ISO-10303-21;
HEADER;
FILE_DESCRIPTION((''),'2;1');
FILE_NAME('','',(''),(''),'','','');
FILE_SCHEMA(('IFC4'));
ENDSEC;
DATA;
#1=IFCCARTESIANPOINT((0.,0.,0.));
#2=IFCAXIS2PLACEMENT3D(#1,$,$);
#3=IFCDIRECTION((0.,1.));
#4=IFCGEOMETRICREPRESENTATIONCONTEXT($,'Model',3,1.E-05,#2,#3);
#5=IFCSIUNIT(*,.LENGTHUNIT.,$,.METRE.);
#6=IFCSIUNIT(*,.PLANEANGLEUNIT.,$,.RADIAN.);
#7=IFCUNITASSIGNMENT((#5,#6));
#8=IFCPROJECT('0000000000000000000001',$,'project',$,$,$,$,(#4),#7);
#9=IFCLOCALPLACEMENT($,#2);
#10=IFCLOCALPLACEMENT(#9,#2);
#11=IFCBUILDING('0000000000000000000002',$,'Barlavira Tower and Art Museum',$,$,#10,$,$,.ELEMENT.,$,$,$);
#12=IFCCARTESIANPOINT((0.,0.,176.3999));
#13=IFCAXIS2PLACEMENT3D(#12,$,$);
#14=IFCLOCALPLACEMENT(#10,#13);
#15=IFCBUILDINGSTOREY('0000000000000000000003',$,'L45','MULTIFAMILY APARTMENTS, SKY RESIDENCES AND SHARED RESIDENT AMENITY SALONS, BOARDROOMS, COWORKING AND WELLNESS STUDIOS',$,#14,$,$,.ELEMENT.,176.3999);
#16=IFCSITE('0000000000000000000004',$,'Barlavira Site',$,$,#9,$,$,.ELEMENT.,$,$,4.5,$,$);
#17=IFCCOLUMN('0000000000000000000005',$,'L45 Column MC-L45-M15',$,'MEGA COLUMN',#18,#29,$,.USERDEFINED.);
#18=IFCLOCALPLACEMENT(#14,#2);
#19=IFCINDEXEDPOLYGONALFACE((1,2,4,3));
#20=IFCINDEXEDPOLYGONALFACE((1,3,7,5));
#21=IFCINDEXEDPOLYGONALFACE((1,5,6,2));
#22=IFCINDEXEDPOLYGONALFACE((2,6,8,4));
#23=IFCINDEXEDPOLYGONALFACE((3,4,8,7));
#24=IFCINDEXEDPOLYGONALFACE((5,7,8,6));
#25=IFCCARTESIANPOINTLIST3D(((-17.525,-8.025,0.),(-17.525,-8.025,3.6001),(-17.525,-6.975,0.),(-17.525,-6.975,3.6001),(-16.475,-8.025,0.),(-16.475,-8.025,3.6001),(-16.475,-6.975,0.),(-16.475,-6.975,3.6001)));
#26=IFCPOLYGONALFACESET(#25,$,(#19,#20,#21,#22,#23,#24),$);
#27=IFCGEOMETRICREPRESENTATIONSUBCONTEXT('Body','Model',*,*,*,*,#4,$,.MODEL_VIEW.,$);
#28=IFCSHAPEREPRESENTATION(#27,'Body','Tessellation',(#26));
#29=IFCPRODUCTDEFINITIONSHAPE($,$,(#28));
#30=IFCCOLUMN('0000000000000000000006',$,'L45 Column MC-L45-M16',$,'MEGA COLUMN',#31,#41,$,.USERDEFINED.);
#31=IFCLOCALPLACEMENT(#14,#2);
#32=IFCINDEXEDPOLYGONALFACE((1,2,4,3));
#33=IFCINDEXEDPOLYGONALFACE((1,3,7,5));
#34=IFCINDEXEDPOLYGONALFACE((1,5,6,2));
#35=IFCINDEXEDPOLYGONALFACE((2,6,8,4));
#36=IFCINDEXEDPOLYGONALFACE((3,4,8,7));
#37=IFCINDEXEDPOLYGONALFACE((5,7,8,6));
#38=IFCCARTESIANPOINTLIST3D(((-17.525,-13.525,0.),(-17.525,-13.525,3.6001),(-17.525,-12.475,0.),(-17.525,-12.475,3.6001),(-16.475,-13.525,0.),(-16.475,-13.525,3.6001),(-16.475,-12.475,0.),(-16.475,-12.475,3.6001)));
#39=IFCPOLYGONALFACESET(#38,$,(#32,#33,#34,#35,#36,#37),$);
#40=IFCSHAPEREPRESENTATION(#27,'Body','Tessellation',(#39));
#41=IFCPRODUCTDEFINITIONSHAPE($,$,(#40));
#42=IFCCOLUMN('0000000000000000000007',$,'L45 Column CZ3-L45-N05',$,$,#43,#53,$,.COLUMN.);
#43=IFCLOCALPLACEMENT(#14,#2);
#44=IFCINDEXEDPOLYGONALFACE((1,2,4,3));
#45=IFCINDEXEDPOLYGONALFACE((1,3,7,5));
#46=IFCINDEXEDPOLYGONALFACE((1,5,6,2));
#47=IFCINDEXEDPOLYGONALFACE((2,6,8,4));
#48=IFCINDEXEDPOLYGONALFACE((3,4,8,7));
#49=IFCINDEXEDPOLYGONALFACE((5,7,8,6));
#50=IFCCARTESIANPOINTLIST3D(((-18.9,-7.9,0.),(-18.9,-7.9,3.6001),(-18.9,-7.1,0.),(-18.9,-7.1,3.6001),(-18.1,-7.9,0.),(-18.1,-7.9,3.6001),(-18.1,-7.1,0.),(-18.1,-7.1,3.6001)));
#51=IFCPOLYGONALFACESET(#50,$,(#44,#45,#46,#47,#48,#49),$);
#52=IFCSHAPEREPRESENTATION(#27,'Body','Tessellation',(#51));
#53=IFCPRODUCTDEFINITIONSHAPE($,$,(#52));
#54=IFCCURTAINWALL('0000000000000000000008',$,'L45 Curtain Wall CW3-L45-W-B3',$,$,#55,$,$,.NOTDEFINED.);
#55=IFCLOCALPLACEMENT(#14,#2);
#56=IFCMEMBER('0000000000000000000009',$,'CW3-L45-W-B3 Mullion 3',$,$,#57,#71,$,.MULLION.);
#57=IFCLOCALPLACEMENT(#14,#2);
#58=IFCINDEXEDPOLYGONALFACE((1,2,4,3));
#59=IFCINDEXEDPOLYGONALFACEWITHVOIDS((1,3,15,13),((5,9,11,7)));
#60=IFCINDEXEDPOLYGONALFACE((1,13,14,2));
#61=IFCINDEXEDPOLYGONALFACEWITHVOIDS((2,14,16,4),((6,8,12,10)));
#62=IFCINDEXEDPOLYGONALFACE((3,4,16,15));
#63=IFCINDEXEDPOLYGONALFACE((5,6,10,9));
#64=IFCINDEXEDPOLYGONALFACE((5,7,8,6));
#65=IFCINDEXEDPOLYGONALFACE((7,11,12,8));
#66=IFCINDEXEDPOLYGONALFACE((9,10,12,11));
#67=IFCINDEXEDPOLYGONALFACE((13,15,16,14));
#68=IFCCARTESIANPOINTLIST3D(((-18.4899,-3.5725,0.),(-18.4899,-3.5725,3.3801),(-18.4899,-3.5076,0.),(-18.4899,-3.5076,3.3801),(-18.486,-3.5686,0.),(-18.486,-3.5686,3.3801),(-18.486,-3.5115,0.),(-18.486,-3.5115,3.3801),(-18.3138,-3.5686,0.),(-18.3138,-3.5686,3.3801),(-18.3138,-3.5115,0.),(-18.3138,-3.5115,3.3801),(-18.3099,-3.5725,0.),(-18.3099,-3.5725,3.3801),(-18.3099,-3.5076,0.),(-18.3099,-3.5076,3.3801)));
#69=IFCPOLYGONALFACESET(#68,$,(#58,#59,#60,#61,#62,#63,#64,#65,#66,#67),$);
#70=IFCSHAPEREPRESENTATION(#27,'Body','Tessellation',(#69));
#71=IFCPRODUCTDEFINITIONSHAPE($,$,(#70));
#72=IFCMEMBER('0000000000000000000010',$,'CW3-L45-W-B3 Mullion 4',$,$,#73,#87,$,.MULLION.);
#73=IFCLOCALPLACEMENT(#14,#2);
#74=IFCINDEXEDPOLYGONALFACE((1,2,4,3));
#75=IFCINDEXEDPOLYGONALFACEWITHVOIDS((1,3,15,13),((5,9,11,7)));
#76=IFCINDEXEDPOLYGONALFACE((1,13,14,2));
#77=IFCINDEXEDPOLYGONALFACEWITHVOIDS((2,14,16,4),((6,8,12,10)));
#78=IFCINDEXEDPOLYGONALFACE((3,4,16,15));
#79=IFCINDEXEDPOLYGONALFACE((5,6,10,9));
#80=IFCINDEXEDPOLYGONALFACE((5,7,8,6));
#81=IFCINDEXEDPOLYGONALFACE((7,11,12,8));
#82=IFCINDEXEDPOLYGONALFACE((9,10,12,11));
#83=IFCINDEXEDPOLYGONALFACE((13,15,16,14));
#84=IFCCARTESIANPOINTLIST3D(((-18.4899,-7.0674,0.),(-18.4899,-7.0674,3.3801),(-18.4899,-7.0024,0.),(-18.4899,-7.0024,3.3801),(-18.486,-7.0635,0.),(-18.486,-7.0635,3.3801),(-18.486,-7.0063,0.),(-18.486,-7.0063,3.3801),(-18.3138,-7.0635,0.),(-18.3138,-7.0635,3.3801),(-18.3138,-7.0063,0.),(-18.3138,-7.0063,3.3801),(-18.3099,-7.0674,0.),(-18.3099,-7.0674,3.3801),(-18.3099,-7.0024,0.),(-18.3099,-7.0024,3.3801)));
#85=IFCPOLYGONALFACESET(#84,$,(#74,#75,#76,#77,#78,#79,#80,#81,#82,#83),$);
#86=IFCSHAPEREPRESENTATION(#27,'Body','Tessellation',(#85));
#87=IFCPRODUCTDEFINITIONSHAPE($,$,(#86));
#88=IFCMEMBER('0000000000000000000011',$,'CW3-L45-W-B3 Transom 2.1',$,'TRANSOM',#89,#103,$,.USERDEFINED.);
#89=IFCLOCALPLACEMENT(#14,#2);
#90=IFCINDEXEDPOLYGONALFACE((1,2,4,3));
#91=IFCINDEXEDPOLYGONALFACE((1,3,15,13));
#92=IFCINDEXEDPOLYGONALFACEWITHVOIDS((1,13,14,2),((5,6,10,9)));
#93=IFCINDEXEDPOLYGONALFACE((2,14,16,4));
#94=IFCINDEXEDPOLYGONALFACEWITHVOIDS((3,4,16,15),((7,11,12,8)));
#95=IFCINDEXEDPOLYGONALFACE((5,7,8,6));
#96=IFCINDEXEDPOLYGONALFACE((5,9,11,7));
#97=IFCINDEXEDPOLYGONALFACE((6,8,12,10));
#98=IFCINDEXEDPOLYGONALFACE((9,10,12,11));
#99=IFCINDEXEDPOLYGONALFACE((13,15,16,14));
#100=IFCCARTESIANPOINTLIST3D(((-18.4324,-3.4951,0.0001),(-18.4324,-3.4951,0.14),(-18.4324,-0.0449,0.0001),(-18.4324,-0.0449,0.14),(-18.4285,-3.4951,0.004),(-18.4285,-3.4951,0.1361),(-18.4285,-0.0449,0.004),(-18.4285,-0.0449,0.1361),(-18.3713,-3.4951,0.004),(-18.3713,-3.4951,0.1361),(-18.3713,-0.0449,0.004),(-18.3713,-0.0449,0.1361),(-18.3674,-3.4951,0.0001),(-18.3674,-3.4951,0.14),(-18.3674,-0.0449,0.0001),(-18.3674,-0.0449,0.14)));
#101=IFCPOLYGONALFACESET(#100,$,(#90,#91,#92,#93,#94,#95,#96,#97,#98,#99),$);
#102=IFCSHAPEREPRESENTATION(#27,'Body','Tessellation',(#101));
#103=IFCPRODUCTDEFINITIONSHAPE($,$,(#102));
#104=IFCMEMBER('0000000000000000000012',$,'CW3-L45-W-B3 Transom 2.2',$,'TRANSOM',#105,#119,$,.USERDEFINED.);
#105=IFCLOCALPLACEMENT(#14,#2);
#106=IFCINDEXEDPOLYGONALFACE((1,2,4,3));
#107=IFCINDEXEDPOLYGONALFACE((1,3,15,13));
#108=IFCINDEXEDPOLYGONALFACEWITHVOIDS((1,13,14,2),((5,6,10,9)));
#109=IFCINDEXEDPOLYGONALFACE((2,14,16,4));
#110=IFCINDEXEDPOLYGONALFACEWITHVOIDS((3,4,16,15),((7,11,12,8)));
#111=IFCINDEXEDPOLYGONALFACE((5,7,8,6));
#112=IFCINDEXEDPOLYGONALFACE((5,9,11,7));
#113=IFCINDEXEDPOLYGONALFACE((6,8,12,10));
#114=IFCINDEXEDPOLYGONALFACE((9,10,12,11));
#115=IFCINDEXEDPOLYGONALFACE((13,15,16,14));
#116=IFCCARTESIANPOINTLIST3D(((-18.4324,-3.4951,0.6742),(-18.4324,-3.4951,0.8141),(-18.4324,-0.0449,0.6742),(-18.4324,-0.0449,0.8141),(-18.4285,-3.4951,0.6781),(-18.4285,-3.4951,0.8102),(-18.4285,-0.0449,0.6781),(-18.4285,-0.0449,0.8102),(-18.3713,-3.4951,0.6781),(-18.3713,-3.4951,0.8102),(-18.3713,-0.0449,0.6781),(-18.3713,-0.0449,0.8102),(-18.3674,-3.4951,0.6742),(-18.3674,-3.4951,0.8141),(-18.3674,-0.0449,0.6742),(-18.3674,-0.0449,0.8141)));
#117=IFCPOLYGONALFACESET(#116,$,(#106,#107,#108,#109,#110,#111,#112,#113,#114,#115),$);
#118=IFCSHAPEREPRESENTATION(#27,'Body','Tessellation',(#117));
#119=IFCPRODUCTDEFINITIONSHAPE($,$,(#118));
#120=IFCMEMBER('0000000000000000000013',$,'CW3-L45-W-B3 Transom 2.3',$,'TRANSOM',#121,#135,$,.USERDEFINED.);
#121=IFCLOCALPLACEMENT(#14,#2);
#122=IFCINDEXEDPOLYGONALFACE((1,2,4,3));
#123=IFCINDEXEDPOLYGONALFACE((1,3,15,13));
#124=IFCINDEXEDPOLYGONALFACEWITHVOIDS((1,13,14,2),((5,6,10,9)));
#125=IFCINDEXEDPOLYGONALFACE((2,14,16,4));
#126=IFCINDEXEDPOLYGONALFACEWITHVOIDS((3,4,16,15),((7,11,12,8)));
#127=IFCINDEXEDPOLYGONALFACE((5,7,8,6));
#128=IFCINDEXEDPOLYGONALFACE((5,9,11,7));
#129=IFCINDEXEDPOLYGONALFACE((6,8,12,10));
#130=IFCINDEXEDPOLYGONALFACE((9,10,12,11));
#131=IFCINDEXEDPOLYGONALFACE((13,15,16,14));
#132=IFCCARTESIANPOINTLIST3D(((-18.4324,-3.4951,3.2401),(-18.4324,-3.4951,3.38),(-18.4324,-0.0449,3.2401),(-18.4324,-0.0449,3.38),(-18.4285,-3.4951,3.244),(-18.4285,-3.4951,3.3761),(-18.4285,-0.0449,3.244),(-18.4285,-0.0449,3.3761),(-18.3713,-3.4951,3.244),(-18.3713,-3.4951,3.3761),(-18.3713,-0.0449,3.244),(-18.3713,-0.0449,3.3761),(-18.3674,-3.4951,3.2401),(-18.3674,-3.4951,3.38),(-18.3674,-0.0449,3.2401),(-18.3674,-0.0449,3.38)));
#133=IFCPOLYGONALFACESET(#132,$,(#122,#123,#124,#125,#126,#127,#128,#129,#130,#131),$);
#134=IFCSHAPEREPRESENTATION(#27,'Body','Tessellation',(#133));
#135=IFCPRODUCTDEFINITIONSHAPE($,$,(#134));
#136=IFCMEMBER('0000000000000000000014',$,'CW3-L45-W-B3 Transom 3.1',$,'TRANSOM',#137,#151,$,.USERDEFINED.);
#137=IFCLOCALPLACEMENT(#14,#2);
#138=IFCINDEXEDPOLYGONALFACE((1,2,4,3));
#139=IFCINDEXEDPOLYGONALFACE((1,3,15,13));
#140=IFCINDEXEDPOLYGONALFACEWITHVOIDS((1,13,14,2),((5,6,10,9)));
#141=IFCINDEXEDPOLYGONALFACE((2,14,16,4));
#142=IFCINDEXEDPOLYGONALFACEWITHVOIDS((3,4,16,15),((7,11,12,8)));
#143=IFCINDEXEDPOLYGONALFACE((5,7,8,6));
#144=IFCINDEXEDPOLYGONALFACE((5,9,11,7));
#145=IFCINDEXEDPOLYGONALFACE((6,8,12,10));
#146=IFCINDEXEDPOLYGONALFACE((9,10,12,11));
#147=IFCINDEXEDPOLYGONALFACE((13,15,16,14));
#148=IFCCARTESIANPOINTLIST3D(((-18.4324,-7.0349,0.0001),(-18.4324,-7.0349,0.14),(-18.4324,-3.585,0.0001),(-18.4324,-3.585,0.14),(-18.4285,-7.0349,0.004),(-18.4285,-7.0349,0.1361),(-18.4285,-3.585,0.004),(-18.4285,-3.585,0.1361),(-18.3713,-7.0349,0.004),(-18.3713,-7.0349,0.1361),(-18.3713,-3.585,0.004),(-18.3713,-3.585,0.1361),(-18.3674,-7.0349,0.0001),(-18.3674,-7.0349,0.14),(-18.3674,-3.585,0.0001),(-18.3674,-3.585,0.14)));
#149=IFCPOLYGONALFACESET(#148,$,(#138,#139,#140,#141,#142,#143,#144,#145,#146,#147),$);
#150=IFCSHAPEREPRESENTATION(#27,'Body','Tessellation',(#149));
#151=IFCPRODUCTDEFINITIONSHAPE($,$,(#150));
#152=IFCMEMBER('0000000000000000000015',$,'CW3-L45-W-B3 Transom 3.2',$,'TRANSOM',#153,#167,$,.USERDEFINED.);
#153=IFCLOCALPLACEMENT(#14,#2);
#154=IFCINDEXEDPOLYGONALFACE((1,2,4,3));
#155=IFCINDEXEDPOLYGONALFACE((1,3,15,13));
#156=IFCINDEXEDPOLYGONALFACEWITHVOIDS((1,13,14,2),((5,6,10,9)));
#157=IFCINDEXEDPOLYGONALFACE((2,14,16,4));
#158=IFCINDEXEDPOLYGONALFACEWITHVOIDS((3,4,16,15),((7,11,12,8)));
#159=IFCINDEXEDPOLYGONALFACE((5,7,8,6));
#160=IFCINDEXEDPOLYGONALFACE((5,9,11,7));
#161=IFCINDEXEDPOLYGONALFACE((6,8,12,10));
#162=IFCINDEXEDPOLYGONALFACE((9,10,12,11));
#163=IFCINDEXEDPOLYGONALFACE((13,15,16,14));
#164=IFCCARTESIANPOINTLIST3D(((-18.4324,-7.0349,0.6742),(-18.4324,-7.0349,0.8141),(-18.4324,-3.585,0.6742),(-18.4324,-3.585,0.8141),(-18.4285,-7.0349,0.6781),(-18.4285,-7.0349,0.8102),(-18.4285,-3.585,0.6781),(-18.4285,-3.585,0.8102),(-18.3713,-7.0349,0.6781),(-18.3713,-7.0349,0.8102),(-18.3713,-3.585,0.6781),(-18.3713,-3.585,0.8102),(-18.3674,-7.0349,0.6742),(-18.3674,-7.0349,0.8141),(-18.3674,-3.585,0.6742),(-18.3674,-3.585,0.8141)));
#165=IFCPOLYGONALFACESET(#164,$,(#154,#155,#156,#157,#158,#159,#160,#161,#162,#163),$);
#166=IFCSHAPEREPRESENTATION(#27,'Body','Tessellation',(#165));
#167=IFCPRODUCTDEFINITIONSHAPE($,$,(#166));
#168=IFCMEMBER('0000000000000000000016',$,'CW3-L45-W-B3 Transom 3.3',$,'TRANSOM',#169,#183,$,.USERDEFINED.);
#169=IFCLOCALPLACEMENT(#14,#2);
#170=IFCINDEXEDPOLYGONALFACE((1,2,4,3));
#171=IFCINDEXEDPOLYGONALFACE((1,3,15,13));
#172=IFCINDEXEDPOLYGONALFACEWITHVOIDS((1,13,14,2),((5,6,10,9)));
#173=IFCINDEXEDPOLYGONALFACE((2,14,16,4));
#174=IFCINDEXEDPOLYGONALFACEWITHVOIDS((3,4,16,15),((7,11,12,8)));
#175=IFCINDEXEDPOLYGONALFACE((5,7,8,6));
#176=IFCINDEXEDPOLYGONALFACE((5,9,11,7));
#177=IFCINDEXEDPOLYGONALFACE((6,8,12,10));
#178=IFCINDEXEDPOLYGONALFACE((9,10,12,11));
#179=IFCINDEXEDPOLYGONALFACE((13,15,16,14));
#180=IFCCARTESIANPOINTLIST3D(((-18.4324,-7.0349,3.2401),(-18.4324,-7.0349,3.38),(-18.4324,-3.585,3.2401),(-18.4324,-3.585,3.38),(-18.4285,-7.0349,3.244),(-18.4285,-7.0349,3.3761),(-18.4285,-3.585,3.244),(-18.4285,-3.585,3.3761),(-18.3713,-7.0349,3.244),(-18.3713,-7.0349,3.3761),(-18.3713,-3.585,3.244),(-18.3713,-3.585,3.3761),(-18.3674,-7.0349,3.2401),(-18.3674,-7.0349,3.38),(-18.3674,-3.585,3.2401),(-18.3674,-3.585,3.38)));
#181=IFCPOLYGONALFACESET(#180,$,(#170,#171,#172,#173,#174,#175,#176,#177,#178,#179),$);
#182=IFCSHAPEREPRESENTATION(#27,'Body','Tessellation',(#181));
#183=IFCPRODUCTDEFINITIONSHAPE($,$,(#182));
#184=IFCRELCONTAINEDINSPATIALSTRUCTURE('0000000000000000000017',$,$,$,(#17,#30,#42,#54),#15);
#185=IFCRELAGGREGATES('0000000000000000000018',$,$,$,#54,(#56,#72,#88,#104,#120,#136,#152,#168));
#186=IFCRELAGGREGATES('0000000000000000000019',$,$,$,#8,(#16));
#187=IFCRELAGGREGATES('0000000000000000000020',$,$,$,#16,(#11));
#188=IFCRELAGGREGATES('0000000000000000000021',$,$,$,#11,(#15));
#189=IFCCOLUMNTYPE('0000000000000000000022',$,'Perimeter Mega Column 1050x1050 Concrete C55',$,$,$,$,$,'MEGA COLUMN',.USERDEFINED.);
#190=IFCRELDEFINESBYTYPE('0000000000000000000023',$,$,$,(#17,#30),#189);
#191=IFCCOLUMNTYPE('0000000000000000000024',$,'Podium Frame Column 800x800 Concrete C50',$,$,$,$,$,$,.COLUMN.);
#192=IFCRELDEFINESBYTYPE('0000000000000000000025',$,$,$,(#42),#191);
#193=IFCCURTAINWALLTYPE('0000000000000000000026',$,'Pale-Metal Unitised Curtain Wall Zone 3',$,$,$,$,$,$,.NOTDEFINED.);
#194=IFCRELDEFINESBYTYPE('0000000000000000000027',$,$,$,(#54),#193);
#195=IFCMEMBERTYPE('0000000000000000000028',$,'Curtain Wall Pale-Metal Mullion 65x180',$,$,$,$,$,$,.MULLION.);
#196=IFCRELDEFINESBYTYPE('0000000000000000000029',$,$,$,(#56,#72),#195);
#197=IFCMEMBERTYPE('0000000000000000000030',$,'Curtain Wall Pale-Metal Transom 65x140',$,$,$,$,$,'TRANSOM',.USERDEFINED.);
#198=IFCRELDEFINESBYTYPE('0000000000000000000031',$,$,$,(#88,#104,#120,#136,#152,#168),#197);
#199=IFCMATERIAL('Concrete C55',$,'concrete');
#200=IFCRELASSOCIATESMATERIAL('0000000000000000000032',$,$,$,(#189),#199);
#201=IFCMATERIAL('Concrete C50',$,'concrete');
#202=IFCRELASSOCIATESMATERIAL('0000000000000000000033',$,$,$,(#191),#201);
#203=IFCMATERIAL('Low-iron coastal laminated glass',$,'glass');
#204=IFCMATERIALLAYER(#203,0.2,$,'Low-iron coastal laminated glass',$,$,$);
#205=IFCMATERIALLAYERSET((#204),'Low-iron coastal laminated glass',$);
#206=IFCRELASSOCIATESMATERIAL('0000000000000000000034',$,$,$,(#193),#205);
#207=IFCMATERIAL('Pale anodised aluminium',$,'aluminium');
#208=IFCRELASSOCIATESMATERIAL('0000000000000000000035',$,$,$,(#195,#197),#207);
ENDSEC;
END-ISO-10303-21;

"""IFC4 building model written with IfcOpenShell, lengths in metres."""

from ifc_helpers import new_model, si_unit, direction, frame, origin, origin_2d, place, context, subcontext, project, spatial, rectangle, hollow_rectangle, extrude, material, layer, layer_set, material_profile, profile_set, type_object, element, aggregate, save


model = new_model("IFC4")

# Units and contexts
model_context = context("Model", 3, precision=1e-05, world=origin(), true_north=direction((0.0, 1.0)))
body_context = subcontext(model_context, "Body", "Model", "MODEL_VIEW")
ifc_project = project(units=[si_unit("LENGTHUNIT", "METRE"), si_unit("PLANEANGLEUNIT", "RADIAN")], contexts=[model_context])

# Site, building, storey
site_placement = place(None, origin())
site = spatial("IfcSite", under=ifc_project, at=site_placement, Name="Barlavira Site", CompositionType="ELEMENT", RefElevation=4.5)
building_placement = place(site_placement, origin())
building = spatial("IfcBuilding", under=site, at=building_placement, Name="Barlavira Tower and Art Museum", CompositionType="ELEMENT")
storey_placement = place(building_placement, frame((0.0, 0.0, 176.3999)))
storey = spatial("IfcBuildingStorey", under=building, at=storey_placement, Name="L45", Description="MULTIFAMILY APARTMENTS, SKY RESIDENCES AND SHARED RESIDENT AMENITY SALONS, BOARDROOMS, COWORKING AND WELLNESS STUDIOS", CompositionType="ELEMENT", Elevation=176.3999)

# Columns
ifc_material_1 = material(Name="Concrete C55", Category="concrete")
ifc_material_profile_1 = material_profile(ifc_material_1, rectangle(XDim=1.05, YDim=1.05, at=origin_2d()), Name="RC-COL 1050x1050")
ifc_profile_set_1 = profile_set([ifc_material_profile_1], Name="Concrete C55")
column_type_1 = type_object("IfcColumnType", Name="Perimeter Mega Column 1050x1050 Concrete C55", ElementType="MEGA COLUMN", PredefinedType="USERDEFINED", material=ifc_profile_set_1)
for number, where, z_axis, x_axis, name in (
    (1, (-17.0, -7.5, 0.0), (0.0, 0.0, 1.0), (1.0, 0.0, 0.0), "L45 Column MC-L45-M15"),
    (2, (-17.0, -13.0, 0.0), (0.0, 0.0, 1.0), (1.0, 0.0, 0.0), "L45 Column MC-L45-M16"),
):
    element("IfcColumn", number, at=place(storey_placement, frame(where, z_axis=z_axis, x_axis=x_axis)), inside=storey, type_object=column_type_1, Name=name, ObjectType="MEGA COLUMN", PredefinedType="USERDEFINED", context=body_context, shape_type="SweptSolid", body=[
        extrude(rectangle(XDim=1.05, YDim=1.05, at=origin_2d()), origin(), (0.0, 0.0, 1.0), 3.6001),
    ])
ifc_material_2 = material(Name="Concrete C50", Category="concrete")
ifc_material_profile_2 = material_profile(ifc_material_2, rectangle(XDim=0.8, YDim=0.8, at=origin_2d()), Name="RC-COL 800x800")
ifc_profile_set_2 = profile_set([ifc_material_profile_2], Name="Concrete C50")
column_type_2 = type_object("IfcColumnType", Name="Podium Frame Column 800x800 Concrete C50", PredefinedType="COLUMN", material=ifc_profile_set_2)
column_placement = place(storey_placement, frame((-18.5, -7.5, 0.0), z_axis=(0.0, 0.0, 1.0), x_axis=(1.0, 0.0, 0.0)))
element("IfcColumn", 3, at=column_placement, inside=storey, type_object=column_type_2, Name="L45 Column CZ3-L45-N05", PredefinedType="COLUMN", context=body_context, shape_type="SweptSolid", body=[
    extrude(rectangle(XDim=0.8, YDim=0.8, at=origin_2d()), origin(), (0.0, 0.0, 1.0), 3.6001),
])

# Curtain wall, members
ifc_material_3 = material(Name="Low-iron coastal laminated glass", Category="glass")
ifc_layer_1 = layer(ifc_material_3, 0.2, Name="Low-iron coastal laminated glass")
ifc_layer_set_1 = layer_set([ifc_layer_1], Name="Low-iron coastal laminated glass")
curtain_wall_type = type_object("IfcCurtainWallType", Name="Pale-Metal Unitised Curtain Wall Zone 3", PredefinedType="NOTDEFINED", material=ifc_layer_set_1)
curtain_wall_placement = place(storey_placement, origin())
curtain_wall = element("IfcCurtainWall", 4, at=curtain_wall_placement, inside=storey, type_object=curtain_wall_type, Name="L45 Curtain Wall CW3-L45-W-B3", PredefinedType="NOTDEFINED")
ifc_material_4 = material(Name="Pale anodised aluminium", Category="aluminium")
ifc_material_profile_3 = material_profile(ifc_material_4, hollow_rectangle(XDim=0.0649, YDim=0.1799, WallThickness=0.0039, at=origin_2d()), Name="ALU-MULL 65x180x4")
ifc_profile_set_3 = profile_set([ifc_material_profile_3], Name="Pale anodised aluminium")
member_type_1 = type_object("IfcMemberType", Name="Curtain Wall Pale-Metal Mullion 65x180", PredefinedType="MULLION", material=ifc_profile_set_3)
member_1_placement = place(storey_placement, frame((-18.3999, -3.54, 0.0), z_axis=(0.0, 0.0, 1.0), x_axis=(0.0, -1.0, 0.0)))
member_1 = element("IfcMember", 5, at=member_1_placement, type_object=member_type_1, Name="CW3-L45-W-B3 Mullion 3", PredefinedType="MULLION", context=body_context, shape_type="SweptSolid", body=[
    extrude(hollow_rectangle(XDim=0.0649, YDim=0.1799, WallThickness=0.0039, at=origin_2d()), origin(), (0.0, 0.0, 1.0), 3.3801),
])
member_2_placement = place(storey_placement, frame((-18.3999, -7.0349, 0.0), z_axis=(0.0, 0.0, 1.0), x_axis=(0.0, -1.0, 0.0)))
member_2 = element("IfcMember", 6, at=member_2_placement, type_object=member_type_1, Name="CW3-L45-W-B3 Mullion 4", PredefinedType="MULLION", context=body_context, shape_type="SweptSolid", body=[
    extrude(hollow_rectangle(XDim=0.0649, YDim=0.1799, WallThickness=0.0039, at=origin_2d()), origin(), (0.0, 0.0, 1.0), 3.3801),
])
ifc_material_profile_4 = material_profile(ifc_material_4, hollow_rectangle(XDim=0.0649, YDim=0.1399, WallThickness=0.0039, at=origin_2d()), Name="ALU-TRAN 65x140x4")
ifc_profile_set_4 = profile_set([ifc_material_profile_4], Name="Pale anodised aluminium")
member_type_2 = type_object("IfcMemberType", Name="Curtain Wall Pale-Metal Transom 65x140", ElementType="TRANSOM", PredefinedType="USERDEFINED", material=ifc_profile_set_4)
member_3_placement = place(storey_placement, frame((-18.3999, -0.0449, 0.0701), z_axis=(0.0, -1.0, 0.0), x_axis=(1.0, 0.0, 0.0)))
member_3 = element("IfcMember", 7, at=member_3_placement, type_object=member_type_2, Name="CW3-L45-W-B3 Transom 2.1", ObjectType="TRANSOM", PredefinedType="USERDEFINED", context=body_context, shape_type="SweptSolid", body=[
    extrude(hollow_rectangle(XDim=0.0649, YDim=0.1399, WallThickness=0.0039, at=origin_2d()), origin(), (0.0, 0.0, 1.0), 3.4502),
])
member_4_placement = place(storey_placement, frame((-18.3999, -0.0449, 0.7441), z_axis=(0.0, -1.0, 0.0), x_axis=(1.0, 0.0, 0.0)))
member_4 = element("IfcMember", 8, at=member_4_placement, type_object=member_type_2, Name="CW3-L45-W-B3 Transom 2.2", ObjectType="TRANSOM", PredefinedType="USERDEFINED", context=body_context, shape_type="SweptSolid", body=[
    extrude(hollow_rectangle(XDim=0.0649, YDim=0.1399, WallThickness=0.0039, at=origin_2d()), origin(), (0.0, 0.0, 1.0), 3.4502),
])
member_5_placement = place(storey_placement, frame((-18.3999, -0.0449, 3.3101), z_axis=(0.0, -1.0, 0.0), x_axis=(1.0, 0.0, 0.0)))
member_5 = element("IfcMember", 9, at=member_5_placement, type_object=member_type_2, Name="CW3-L45-W-B3 Transom 2.3", ObjectType="TRANSOM", PredefinedType="USERDEFINED", context=body_context, shape_type="SweptSolid", body=[
    extrude(hollow_rectangle(XDim=0.0649, YDim=0.1399, WallThickness=0.0039, at=origin_2d()), origin(), (0.0, 0.0, 1.0), 3.4502),
])
member_6_placement = place(storey_placement, frame((-18.3999, -3.585, 0.0701), z_axis=(0.0, -1.0, 0.0), x_axis=(1.0, 0.0, 0.0)))
member_6 = element("IfcMember", 10, at=member_6_placement, type_object=member_type_2, Name="CW3-L45-W-B3 Transom 3.1", ObjectType="TRANSOM", PredefinedType="USERDEFINED", context=body_context, shape_type="SweptSolid", body=[
    extrude(hollow_rectangle(XDim=0.0649, YDim=0.1399, WallThickness=0.0039, at=origin_2d()), origin(), (0.0, 0.0, 1.0), 3.45),
])
member_7_placement = place(storey_placement, frame((-18.3999, -3.585, 0.7441), z_axis=(0.0, -1.0, 0.0), x_axis=(1.0, 0.0, 0.0)))
member_7 = element("IfcMember", 11, at=member_7_placement, type_object=member_type_2, Name="CW3-L45-W-B3 Transom 3.2", ObjectType="TRANSOM", PredefinedType="USERDEFINED", context=body_context, shape_type="SweptSolid", body=[
    extrude(hollow_rectangle(XDim=0.0649, YDim=0.1399, WallThickness=0.0039, at=origin_2d()), origin(), (0.0, 0.0, 1.0), 3.45),
])
member_8_placement = place(storey_placement, frame((-18.3999, -3.585, 3.3101), z_axis=(0.0, -1.0, 0.0), x_axis=(1.0, 0.0, 0.0)))
member_8 = element("IfcMember", 12, at=member_8_placement, type_object=member_type_2, Name="CW3-L45-W-B3 Transom 3.3", ObjectType="TRANSOM", PredefinedType="USERDEFINED", context=body_context, shape_type="SweptSolid", body=[
    extrude(hollow_rectangle(XDim=0.0649, YDim=0.1399, WallThickness=0.0039, at=origin_2d()), origin(), (0.0, 0.0, 1.0), 3.45),
])

aggregate(curtain_wall, [member_1, member_2, member_3, member_4, member_5, member_6, member_7, member_8])

save(model, "model.ifc")
